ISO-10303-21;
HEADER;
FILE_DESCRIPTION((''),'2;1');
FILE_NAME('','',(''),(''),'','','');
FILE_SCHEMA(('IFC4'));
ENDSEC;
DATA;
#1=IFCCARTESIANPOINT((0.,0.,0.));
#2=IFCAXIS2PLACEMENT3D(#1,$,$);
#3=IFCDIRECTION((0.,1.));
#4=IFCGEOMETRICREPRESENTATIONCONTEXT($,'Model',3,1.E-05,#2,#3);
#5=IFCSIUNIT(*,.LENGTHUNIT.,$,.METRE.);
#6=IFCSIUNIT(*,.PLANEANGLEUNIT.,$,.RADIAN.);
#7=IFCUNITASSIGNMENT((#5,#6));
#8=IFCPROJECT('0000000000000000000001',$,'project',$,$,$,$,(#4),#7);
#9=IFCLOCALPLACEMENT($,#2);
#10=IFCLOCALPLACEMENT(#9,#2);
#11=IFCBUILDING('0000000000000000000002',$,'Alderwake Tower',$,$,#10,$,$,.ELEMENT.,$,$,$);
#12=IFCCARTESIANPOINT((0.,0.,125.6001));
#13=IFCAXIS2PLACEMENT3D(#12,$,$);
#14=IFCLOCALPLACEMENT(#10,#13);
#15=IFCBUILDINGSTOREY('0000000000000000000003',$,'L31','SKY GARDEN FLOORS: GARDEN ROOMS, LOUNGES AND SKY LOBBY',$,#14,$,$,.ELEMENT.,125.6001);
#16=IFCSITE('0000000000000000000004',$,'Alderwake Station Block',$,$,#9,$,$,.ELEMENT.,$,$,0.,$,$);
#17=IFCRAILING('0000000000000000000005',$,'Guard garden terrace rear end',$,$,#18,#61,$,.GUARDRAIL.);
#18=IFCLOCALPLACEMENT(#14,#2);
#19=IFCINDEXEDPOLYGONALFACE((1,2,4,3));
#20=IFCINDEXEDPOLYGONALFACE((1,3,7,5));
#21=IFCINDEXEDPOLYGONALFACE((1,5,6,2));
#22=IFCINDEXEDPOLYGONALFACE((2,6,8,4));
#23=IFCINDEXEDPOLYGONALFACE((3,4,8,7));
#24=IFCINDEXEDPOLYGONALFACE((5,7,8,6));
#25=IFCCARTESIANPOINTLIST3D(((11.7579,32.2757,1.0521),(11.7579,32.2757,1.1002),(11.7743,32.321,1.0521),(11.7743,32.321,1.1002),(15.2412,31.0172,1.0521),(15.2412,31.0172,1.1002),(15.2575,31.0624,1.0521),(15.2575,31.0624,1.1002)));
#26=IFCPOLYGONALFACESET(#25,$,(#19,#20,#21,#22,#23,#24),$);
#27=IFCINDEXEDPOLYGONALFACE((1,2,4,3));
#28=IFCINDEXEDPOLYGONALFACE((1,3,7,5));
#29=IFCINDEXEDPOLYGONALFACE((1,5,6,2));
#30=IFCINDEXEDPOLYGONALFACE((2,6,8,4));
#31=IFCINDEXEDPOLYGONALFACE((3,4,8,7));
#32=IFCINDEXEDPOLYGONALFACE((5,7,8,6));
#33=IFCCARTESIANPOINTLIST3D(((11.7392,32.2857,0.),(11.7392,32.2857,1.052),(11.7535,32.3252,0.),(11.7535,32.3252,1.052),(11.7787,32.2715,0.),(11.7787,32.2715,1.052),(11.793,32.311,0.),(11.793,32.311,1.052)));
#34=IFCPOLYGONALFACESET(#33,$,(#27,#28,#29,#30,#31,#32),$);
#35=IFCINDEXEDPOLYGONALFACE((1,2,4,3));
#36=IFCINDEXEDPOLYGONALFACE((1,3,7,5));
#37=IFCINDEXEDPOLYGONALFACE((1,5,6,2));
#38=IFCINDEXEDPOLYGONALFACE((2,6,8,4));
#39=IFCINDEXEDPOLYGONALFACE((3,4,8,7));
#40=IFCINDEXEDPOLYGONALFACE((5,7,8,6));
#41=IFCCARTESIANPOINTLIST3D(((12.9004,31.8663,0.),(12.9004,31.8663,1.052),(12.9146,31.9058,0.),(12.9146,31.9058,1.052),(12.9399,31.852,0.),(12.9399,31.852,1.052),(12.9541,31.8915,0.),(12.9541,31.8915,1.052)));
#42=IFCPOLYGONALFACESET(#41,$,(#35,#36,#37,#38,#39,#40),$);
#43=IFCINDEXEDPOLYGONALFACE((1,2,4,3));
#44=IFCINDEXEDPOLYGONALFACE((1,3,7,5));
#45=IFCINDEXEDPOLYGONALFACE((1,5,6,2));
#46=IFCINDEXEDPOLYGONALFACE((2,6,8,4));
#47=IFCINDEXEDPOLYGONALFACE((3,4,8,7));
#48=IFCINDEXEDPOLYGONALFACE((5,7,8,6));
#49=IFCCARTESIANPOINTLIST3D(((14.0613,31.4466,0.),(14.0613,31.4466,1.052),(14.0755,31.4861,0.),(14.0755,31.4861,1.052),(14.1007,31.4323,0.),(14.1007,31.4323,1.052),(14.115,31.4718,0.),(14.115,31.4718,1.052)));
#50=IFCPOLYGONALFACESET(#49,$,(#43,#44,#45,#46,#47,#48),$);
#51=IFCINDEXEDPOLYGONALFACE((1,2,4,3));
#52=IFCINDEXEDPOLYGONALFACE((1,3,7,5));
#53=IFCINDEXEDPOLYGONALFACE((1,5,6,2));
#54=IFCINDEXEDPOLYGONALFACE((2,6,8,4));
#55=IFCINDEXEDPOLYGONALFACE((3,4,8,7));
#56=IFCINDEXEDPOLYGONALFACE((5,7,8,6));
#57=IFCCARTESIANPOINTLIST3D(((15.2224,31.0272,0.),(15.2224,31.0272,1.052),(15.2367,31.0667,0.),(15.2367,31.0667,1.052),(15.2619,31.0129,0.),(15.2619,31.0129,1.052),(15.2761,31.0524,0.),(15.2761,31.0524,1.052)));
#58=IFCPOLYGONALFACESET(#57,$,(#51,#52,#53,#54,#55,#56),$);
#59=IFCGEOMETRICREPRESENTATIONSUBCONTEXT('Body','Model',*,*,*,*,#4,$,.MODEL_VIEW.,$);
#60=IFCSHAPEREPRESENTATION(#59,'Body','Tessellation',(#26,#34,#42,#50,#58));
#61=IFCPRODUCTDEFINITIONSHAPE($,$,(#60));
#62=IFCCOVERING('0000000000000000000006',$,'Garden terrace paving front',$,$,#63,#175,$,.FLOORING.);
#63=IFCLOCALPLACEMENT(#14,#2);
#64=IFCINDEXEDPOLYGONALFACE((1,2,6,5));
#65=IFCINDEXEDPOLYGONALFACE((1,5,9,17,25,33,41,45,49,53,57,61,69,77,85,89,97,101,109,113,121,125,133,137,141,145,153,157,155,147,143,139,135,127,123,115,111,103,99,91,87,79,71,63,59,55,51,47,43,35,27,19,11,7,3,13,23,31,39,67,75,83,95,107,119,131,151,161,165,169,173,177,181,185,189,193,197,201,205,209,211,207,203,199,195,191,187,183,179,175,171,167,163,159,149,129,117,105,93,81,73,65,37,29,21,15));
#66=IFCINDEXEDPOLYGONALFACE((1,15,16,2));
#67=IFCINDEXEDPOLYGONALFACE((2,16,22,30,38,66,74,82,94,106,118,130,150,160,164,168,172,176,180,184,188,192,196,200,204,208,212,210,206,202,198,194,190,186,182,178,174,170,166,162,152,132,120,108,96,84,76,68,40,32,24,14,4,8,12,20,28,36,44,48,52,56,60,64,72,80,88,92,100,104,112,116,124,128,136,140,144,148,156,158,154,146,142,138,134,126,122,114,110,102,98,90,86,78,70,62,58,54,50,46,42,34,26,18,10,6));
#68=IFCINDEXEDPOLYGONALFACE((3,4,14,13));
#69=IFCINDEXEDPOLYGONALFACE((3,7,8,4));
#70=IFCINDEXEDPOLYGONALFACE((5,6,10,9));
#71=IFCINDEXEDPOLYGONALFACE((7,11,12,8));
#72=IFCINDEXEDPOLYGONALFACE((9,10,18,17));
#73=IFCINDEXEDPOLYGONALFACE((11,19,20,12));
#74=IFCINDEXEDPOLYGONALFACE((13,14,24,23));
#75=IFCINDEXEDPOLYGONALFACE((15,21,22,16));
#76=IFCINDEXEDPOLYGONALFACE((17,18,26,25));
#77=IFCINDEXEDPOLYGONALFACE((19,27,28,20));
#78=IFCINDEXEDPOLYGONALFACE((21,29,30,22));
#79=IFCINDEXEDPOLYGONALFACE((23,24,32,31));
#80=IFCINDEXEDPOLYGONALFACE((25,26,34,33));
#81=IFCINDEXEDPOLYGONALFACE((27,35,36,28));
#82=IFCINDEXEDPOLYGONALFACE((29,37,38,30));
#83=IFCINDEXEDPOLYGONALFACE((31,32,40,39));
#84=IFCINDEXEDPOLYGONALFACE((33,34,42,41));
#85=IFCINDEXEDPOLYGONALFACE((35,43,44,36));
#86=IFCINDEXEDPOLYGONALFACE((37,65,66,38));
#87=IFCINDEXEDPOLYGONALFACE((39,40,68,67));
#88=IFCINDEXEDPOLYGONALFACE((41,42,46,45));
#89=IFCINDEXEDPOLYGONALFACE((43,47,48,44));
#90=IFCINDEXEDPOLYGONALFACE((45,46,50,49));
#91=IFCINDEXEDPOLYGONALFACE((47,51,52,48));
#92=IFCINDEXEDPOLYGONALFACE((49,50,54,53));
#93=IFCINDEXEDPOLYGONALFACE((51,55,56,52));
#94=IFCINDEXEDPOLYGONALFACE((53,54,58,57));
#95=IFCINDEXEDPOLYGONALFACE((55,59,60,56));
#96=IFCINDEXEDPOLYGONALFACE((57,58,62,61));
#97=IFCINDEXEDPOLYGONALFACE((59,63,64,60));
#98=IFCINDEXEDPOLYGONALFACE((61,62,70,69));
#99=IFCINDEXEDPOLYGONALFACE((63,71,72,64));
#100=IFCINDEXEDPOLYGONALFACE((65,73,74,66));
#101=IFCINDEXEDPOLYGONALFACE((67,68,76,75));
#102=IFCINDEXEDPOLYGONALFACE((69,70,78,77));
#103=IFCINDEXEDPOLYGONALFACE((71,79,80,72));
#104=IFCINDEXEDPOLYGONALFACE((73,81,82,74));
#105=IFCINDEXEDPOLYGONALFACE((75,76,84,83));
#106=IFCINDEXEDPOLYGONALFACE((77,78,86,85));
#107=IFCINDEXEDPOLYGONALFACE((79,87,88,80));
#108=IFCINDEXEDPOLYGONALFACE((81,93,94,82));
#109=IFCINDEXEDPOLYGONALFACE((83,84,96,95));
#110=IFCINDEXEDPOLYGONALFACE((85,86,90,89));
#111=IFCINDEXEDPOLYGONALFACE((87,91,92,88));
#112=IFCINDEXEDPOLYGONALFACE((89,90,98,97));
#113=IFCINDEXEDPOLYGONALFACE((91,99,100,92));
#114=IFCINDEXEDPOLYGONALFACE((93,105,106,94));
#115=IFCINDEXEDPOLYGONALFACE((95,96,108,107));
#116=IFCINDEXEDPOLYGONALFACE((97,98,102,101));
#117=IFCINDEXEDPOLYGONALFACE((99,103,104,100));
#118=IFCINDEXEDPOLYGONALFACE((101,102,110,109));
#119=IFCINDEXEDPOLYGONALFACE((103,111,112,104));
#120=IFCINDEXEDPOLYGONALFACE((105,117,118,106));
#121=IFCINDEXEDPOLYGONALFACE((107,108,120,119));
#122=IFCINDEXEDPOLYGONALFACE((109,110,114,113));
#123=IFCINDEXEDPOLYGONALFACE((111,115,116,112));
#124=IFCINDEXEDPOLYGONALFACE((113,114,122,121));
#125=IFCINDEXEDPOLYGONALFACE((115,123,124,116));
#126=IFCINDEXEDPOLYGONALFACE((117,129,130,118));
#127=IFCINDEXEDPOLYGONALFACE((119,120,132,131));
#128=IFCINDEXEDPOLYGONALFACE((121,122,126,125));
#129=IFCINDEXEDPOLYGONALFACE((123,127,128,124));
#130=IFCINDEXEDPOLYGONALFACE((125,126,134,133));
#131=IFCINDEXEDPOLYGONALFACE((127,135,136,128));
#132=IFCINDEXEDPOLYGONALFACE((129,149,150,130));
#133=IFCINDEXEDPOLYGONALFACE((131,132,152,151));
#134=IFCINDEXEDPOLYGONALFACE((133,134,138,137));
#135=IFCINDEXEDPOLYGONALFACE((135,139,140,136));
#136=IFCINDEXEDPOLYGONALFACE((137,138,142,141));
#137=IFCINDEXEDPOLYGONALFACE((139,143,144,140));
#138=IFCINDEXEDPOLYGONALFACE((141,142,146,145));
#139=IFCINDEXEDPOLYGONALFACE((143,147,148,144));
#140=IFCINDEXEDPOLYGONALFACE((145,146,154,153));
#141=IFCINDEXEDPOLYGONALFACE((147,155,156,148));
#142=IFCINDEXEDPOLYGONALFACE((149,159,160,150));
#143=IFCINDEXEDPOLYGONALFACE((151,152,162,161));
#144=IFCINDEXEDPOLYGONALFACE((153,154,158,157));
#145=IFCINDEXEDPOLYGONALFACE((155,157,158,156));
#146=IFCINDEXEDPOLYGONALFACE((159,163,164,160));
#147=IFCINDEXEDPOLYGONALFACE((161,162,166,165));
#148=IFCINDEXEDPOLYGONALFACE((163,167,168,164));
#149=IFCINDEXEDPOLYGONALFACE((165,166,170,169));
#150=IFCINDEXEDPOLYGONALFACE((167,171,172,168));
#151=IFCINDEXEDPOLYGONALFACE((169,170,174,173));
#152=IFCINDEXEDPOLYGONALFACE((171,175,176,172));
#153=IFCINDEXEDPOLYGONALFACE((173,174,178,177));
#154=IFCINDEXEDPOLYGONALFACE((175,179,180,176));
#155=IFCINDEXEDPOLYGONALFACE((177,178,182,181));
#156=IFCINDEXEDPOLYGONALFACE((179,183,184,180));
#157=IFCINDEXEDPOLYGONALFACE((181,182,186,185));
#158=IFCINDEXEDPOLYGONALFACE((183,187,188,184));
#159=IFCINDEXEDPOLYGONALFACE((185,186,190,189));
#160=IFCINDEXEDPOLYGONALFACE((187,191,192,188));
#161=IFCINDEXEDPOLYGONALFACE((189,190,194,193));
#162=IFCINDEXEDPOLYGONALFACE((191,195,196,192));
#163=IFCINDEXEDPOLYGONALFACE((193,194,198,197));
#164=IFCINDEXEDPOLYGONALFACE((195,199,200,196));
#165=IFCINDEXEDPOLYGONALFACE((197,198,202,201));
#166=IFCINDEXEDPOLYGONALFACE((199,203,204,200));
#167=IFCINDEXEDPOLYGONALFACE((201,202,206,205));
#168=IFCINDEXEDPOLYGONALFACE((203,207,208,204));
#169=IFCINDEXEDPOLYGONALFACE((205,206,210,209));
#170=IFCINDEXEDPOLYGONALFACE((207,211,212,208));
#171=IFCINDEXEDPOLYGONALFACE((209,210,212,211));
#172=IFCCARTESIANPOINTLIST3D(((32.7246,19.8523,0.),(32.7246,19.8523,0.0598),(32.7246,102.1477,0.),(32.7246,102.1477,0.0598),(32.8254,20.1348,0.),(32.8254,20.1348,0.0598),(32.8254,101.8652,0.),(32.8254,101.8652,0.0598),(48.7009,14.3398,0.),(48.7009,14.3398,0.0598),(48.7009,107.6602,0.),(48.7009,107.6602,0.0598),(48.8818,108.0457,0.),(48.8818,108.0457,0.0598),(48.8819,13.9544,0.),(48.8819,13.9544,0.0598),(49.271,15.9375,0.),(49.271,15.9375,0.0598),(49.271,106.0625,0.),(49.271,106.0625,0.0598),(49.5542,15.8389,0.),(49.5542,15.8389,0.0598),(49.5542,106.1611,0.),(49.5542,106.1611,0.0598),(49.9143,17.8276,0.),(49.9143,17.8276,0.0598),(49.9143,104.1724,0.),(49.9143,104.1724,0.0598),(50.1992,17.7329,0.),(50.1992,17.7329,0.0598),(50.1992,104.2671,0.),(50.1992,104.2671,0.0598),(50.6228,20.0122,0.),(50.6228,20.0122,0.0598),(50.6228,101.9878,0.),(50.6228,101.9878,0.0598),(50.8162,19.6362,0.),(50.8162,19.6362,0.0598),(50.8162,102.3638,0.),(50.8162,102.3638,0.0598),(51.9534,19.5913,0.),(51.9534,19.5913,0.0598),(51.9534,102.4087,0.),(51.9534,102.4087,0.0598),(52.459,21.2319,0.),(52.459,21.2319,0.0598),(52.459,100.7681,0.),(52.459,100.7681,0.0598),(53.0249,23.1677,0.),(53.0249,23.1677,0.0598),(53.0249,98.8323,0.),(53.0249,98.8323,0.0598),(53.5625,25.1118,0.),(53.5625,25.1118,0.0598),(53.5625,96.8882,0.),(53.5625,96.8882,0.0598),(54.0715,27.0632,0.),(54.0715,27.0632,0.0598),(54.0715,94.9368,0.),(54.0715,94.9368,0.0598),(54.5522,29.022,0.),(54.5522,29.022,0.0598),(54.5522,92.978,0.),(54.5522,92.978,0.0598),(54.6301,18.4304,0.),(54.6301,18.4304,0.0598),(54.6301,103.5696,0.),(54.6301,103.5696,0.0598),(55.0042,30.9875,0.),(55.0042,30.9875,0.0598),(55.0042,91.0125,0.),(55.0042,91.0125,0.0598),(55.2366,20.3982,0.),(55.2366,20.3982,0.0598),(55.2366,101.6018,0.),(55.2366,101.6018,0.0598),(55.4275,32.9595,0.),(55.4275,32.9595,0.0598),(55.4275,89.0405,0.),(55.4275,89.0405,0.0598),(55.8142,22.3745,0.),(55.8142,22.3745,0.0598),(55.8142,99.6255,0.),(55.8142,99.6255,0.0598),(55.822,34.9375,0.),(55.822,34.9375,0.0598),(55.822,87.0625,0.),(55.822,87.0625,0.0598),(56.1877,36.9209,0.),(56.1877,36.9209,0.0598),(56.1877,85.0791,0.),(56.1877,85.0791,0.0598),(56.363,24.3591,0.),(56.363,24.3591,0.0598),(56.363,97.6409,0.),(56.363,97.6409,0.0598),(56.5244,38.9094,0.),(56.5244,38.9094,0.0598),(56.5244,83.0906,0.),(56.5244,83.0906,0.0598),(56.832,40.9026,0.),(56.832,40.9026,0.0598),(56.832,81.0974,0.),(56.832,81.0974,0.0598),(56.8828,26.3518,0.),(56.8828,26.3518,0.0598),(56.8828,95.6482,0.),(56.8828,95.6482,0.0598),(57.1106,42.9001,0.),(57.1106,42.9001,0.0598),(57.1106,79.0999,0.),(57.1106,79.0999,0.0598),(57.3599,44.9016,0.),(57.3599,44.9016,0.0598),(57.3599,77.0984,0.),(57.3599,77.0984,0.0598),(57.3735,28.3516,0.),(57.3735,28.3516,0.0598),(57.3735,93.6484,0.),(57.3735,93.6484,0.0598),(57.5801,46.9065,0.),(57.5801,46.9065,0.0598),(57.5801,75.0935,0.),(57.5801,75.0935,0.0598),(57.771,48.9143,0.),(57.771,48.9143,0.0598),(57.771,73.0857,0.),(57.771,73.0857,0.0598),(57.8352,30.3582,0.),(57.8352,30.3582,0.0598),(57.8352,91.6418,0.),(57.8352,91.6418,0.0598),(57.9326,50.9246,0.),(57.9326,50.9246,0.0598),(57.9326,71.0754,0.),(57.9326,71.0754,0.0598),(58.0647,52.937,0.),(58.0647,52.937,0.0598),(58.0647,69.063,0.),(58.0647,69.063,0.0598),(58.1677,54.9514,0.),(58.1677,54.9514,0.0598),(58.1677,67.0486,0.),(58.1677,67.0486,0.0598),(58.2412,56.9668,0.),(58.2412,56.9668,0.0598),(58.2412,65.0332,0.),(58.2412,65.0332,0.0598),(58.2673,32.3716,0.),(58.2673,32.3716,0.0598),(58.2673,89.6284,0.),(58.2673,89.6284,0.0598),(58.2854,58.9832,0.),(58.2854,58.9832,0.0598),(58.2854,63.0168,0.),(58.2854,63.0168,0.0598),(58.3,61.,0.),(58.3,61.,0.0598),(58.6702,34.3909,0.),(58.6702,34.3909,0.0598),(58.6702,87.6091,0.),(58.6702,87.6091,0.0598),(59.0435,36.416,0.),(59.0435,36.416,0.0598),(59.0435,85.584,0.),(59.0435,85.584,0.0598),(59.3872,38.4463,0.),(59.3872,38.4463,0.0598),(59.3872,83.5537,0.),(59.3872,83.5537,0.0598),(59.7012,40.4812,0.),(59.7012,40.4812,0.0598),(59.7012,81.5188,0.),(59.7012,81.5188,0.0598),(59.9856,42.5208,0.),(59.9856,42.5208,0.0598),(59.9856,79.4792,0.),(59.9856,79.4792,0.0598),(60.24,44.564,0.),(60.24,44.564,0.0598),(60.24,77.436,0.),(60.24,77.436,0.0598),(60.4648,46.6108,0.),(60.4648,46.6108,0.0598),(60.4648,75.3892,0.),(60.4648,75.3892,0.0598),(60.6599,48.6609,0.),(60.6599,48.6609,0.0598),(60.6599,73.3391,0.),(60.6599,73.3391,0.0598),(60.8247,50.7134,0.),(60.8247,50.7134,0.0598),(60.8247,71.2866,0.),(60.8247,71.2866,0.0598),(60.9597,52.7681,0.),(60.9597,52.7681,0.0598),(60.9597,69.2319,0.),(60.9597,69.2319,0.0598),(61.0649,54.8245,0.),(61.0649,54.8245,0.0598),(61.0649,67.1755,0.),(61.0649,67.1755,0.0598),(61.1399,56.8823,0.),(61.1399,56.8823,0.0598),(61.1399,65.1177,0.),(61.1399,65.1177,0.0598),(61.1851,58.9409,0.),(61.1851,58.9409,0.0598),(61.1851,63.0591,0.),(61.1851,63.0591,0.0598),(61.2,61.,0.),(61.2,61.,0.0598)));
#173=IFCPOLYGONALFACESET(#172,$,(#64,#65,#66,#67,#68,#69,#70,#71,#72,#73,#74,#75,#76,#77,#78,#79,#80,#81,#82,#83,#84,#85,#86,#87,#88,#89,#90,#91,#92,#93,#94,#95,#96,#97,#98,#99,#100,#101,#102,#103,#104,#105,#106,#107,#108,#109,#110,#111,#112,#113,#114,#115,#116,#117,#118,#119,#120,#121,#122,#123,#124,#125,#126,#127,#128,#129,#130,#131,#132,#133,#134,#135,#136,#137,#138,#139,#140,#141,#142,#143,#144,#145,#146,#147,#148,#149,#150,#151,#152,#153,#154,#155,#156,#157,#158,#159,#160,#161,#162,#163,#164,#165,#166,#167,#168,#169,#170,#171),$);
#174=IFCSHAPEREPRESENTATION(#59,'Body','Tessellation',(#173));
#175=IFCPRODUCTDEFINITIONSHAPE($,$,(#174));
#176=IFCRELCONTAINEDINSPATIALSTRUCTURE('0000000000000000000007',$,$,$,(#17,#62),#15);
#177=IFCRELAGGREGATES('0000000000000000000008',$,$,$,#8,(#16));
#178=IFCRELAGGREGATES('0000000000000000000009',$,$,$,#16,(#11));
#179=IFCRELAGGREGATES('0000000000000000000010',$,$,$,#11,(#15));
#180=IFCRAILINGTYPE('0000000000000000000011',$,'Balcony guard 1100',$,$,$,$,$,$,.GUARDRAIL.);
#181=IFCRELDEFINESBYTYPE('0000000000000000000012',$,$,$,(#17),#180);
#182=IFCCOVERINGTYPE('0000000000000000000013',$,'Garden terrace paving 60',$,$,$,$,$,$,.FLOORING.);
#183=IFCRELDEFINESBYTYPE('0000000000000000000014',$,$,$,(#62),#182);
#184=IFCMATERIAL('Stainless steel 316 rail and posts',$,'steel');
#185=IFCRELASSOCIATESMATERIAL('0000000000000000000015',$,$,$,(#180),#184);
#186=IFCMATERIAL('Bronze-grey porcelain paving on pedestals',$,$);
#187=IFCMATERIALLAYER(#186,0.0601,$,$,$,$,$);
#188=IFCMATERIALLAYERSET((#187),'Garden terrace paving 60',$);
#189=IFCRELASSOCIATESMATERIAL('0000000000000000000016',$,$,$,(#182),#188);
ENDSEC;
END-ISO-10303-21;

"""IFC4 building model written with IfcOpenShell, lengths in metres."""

from ifc_helpers import new_model, si_unit, direction, frame, origin, origin_2d, place, context, subcontext, project, spatial, polyline, rectangle, outline, extrude, material, layer, layer_set, type_object, element, save


model = new_model("IFC4")

# Units and contexts
model_context = context("Model", 3, precision=1e-05, world=origin(), true_north=direction((0.0, 1.0)))
body_context = subcontext(model_context, "Body", "Model", "MODEL_VIEW")
ifc_project = project(units=[si_unit("LENGTHUNIT", "METRE"), si_unit("PLANEANGLEUNIT", "RADIAN")], contexts=[model_context])

# Site, building, storey
site_placement = place(None, origin())
site = spatial("IfcSite", under=ifc_project, at=site_placement, Name="Alderwake Station Block", CompositionType="ELEMENT", RefElevation=0.0)
building_placement = place(site_placement, origin())
building = spatial("IfcBuilding", under=site, at=building_placement, Name="Alderwake Tower", CompositionType="ELEMENT")
storey_placement = place(building_placement, frame((0.0, 0.0, 125.6001)))
storey = spatial("IfcBuildingStorey", under=building, at=storey_placement, Name="L31", Description="SKY GARDEN FLOORS: GARDEN ROOMS, LOUNGES AND SKY LOBBY", CompositionType="ELEMENT", Elevation=125.6001)

# Railing
ifc_material_1 = material(Name="Stainless steel 316 rail and posts", Category="steel")
railing_type = type_object("IfcRailingType", Name="Balcony guard 1100", PredefinedType="GUARDRAIL", material=ifc_material_1)
railing_1_placement = place(storey_placement, frame((11.7661, 32.2983, 0.0)))
element("IfcRailing", 1, at=railing_1_placement, inside=storey, type_object=railing_type, Name="Guard garden terrace rear end", PredefinedType="GUARDRAIL", context=body_context, shape_type="SweptSolid", body=[
    extrude(rectangle(XDim=0.0481, YDim=0.0481, at=origin_2d()), frame((0.0, 0.0, 1.0762), z_axis=(0.94049, -0.339821, 0.0), x_axis=(0.339821, 0.94049, 0.0)), (0.0, 0.0, 1.0), 3.7036),
    extrude(rectangle(XDim=0.042, YDim=0.042, at=origin_2d()), frame((0.0, 0.0, 0.0), z_axis=(0.0, 0.0, 1.0), x_axis=(0.94049, -0.339821, 0.0)), (0.0, 0.0, 1.0), 1.052),
    extrude(rectangle(XDim=0.042, YDim=0.042, at=origin_2d()), frame((1.1611, -0.4194, 0.0), z_axis=(0.0, 0.0, 1.0), x_axis=(0.94049, -0.339821, 0.0)), (0.0, 0.0, 1.0), 1.052),
    extrude(rectangle(XDim=0.042, YDim=0.042, at=origin_2d()), frame((2.322, -0.8391, 0.0), z_axis=(0.0, 0.0, 1.0), x_axis=(0.94049, -0.339821, 0.0)), (0.0, 0.0, 1.0), 1.052),
    extrude(rectangle(XDim=0.042, YDim=0.042, at=origin_2d()), frame((3.4832, -1.2585, 0.0), z_axis=(0.0, 0.0, 1.0), x_axis=(0.94049, -0.339821, 0.0)), (0.0, 0.0, 1.0), 1.052),
])

# Covering
ifc_material_2 = material(Name="Bronze-grey porcelain paving on pedestals")
ifc_layer_1 = layer(ifc_material_2, 0.0601)
ifc_layer_set_1 = layer_set([ifc_layer_1], Name="Garden terrace paving 60")
covering_type = type_object("IfcCoveringType", Name="Garden terrace paving 60", PredefinedType="FLOORING", material=ifc_layer_set_1)
covering_1_placement = place(storey_placement, origin())
element("IfcCovering", 2, at=covering_1_placement, inside=storey, type_object=covering_type, Name="Garden terrace paving front", PredefinedType="FLOORING", context=body_context, shape_type="SweptSolid", body=[
    extrude(outline(polyline([(48.8818, 108.0457), (32.7246, 102.1477), (32.7246, 102.1477), (32.8254, 101.8652), (48.7009, 107.6602), (49.271, 106.0625), (49.9143, 104.1724), (50.6228, 101.9878), (51.9534, 102.4087), (52.459, 100.7681), (53.0249, 98.8323), (53.5625, 96.8882), (54.0715, 94.9368), (54.5522, 92.978), (55.0042, 91.0125), (55.4275, 89.0405), (55.822, 87.0625), (56.1877, 85.0791), (56.5244, 83.0906), (56.832, 81.0974), (57.1106, 79.0999), (57.3599, 77.0984), (57.5801, 75.0935), (57.771, 73.0857), (57.9326, 71.0754), (58.0647, 69.063), (58.1677, 67.0486), (58.2412, 65.0332), (58.2854, 63.0168), (58.3, 61.0), (58.2854, 58.9832), (58.2412, 56.9668), (58.1677, 54.9514), (58.0647, 52.937), (57.9326, 50.9246), (57.771, 48.9143), (57.5801, 46.9065), (57.3599, 44.9016), (57.1106, 42.9001), (56.832, 40.9026), (56.5244, 38.9094), (56.1877, 36.9209), (55.822, 34.9375), (55.4275, 32.9595), (55.0042, 30.9875), (54.5522, 29.022), (54.0715, 27.0632), (53.5625, 25.1118), (53.0249, 23.1677), (52.459, 21.2319), (51.9534, 19.5913), (50.6228, 20.0122), (49.9143, 17.8276), (49.271, 15.9375), (48.7009, 14.3398), (32.8254, 20.1348), (32.7246, 19.8523), (32.7246, 19.8523), (52.6394, 12.5828), (48.8818, 13.9543), (49.5542, 15.8389), (50.1992, 17.7329), (50.8162, 19.6362), (54.6301, 18.4304), (55.2366, 20.3982), (55.8142, 22.3745), (56.363, 24.3591), (56.8828, 26.3518), (57.3735, 28.3516), (57.8352, 30.3582), (58.2673, 32.3716), (58.6702, 34.3909), (59.0435, 36.416), (59.3872, 38.4463), (59.7012, 40.4812), (59.9856, 42.5208), (60.24, 44.564), (60.4648, 46.6108), (60.6599, 48.6609), (60.8247, 50.7134), (60.9597, 52.7681), (61.0649, 54.8245), (61.1399, 56.8823), (61.1851, 58.9409), (61.2, 61.0), (61.1851, 63.0591), (61.1399, 65.1177), (61.0649, 67.1755), (60.9597, 69.2319), (60.8247, 71.2866), (60.6599, 73.3391), (60.4648, 75.3892), (60.24, 77.436), (59.9856, 79.4792), (59.7012, 81.5188), (59.3872, 83.5537), (59.0435, 85.584), (58.6702, 87.6091), (58.2673, 89.6284), (57.8352, 91.6418), (57.3735, 93.6484), (56.8828, 95.6482), (56.363, 97.6409), (55.8142, 99.6255), (55.2366, 101.6018), (54.6301, 103.5696), (50.8162, 102.3638), (50.1992, 104.2671), (49.5542, 106.1611), (48.8818, 108.0457)])), origin(), (0.0, 0.0, 1.0), 0.0598),
])

save(model, "model.ifc")
